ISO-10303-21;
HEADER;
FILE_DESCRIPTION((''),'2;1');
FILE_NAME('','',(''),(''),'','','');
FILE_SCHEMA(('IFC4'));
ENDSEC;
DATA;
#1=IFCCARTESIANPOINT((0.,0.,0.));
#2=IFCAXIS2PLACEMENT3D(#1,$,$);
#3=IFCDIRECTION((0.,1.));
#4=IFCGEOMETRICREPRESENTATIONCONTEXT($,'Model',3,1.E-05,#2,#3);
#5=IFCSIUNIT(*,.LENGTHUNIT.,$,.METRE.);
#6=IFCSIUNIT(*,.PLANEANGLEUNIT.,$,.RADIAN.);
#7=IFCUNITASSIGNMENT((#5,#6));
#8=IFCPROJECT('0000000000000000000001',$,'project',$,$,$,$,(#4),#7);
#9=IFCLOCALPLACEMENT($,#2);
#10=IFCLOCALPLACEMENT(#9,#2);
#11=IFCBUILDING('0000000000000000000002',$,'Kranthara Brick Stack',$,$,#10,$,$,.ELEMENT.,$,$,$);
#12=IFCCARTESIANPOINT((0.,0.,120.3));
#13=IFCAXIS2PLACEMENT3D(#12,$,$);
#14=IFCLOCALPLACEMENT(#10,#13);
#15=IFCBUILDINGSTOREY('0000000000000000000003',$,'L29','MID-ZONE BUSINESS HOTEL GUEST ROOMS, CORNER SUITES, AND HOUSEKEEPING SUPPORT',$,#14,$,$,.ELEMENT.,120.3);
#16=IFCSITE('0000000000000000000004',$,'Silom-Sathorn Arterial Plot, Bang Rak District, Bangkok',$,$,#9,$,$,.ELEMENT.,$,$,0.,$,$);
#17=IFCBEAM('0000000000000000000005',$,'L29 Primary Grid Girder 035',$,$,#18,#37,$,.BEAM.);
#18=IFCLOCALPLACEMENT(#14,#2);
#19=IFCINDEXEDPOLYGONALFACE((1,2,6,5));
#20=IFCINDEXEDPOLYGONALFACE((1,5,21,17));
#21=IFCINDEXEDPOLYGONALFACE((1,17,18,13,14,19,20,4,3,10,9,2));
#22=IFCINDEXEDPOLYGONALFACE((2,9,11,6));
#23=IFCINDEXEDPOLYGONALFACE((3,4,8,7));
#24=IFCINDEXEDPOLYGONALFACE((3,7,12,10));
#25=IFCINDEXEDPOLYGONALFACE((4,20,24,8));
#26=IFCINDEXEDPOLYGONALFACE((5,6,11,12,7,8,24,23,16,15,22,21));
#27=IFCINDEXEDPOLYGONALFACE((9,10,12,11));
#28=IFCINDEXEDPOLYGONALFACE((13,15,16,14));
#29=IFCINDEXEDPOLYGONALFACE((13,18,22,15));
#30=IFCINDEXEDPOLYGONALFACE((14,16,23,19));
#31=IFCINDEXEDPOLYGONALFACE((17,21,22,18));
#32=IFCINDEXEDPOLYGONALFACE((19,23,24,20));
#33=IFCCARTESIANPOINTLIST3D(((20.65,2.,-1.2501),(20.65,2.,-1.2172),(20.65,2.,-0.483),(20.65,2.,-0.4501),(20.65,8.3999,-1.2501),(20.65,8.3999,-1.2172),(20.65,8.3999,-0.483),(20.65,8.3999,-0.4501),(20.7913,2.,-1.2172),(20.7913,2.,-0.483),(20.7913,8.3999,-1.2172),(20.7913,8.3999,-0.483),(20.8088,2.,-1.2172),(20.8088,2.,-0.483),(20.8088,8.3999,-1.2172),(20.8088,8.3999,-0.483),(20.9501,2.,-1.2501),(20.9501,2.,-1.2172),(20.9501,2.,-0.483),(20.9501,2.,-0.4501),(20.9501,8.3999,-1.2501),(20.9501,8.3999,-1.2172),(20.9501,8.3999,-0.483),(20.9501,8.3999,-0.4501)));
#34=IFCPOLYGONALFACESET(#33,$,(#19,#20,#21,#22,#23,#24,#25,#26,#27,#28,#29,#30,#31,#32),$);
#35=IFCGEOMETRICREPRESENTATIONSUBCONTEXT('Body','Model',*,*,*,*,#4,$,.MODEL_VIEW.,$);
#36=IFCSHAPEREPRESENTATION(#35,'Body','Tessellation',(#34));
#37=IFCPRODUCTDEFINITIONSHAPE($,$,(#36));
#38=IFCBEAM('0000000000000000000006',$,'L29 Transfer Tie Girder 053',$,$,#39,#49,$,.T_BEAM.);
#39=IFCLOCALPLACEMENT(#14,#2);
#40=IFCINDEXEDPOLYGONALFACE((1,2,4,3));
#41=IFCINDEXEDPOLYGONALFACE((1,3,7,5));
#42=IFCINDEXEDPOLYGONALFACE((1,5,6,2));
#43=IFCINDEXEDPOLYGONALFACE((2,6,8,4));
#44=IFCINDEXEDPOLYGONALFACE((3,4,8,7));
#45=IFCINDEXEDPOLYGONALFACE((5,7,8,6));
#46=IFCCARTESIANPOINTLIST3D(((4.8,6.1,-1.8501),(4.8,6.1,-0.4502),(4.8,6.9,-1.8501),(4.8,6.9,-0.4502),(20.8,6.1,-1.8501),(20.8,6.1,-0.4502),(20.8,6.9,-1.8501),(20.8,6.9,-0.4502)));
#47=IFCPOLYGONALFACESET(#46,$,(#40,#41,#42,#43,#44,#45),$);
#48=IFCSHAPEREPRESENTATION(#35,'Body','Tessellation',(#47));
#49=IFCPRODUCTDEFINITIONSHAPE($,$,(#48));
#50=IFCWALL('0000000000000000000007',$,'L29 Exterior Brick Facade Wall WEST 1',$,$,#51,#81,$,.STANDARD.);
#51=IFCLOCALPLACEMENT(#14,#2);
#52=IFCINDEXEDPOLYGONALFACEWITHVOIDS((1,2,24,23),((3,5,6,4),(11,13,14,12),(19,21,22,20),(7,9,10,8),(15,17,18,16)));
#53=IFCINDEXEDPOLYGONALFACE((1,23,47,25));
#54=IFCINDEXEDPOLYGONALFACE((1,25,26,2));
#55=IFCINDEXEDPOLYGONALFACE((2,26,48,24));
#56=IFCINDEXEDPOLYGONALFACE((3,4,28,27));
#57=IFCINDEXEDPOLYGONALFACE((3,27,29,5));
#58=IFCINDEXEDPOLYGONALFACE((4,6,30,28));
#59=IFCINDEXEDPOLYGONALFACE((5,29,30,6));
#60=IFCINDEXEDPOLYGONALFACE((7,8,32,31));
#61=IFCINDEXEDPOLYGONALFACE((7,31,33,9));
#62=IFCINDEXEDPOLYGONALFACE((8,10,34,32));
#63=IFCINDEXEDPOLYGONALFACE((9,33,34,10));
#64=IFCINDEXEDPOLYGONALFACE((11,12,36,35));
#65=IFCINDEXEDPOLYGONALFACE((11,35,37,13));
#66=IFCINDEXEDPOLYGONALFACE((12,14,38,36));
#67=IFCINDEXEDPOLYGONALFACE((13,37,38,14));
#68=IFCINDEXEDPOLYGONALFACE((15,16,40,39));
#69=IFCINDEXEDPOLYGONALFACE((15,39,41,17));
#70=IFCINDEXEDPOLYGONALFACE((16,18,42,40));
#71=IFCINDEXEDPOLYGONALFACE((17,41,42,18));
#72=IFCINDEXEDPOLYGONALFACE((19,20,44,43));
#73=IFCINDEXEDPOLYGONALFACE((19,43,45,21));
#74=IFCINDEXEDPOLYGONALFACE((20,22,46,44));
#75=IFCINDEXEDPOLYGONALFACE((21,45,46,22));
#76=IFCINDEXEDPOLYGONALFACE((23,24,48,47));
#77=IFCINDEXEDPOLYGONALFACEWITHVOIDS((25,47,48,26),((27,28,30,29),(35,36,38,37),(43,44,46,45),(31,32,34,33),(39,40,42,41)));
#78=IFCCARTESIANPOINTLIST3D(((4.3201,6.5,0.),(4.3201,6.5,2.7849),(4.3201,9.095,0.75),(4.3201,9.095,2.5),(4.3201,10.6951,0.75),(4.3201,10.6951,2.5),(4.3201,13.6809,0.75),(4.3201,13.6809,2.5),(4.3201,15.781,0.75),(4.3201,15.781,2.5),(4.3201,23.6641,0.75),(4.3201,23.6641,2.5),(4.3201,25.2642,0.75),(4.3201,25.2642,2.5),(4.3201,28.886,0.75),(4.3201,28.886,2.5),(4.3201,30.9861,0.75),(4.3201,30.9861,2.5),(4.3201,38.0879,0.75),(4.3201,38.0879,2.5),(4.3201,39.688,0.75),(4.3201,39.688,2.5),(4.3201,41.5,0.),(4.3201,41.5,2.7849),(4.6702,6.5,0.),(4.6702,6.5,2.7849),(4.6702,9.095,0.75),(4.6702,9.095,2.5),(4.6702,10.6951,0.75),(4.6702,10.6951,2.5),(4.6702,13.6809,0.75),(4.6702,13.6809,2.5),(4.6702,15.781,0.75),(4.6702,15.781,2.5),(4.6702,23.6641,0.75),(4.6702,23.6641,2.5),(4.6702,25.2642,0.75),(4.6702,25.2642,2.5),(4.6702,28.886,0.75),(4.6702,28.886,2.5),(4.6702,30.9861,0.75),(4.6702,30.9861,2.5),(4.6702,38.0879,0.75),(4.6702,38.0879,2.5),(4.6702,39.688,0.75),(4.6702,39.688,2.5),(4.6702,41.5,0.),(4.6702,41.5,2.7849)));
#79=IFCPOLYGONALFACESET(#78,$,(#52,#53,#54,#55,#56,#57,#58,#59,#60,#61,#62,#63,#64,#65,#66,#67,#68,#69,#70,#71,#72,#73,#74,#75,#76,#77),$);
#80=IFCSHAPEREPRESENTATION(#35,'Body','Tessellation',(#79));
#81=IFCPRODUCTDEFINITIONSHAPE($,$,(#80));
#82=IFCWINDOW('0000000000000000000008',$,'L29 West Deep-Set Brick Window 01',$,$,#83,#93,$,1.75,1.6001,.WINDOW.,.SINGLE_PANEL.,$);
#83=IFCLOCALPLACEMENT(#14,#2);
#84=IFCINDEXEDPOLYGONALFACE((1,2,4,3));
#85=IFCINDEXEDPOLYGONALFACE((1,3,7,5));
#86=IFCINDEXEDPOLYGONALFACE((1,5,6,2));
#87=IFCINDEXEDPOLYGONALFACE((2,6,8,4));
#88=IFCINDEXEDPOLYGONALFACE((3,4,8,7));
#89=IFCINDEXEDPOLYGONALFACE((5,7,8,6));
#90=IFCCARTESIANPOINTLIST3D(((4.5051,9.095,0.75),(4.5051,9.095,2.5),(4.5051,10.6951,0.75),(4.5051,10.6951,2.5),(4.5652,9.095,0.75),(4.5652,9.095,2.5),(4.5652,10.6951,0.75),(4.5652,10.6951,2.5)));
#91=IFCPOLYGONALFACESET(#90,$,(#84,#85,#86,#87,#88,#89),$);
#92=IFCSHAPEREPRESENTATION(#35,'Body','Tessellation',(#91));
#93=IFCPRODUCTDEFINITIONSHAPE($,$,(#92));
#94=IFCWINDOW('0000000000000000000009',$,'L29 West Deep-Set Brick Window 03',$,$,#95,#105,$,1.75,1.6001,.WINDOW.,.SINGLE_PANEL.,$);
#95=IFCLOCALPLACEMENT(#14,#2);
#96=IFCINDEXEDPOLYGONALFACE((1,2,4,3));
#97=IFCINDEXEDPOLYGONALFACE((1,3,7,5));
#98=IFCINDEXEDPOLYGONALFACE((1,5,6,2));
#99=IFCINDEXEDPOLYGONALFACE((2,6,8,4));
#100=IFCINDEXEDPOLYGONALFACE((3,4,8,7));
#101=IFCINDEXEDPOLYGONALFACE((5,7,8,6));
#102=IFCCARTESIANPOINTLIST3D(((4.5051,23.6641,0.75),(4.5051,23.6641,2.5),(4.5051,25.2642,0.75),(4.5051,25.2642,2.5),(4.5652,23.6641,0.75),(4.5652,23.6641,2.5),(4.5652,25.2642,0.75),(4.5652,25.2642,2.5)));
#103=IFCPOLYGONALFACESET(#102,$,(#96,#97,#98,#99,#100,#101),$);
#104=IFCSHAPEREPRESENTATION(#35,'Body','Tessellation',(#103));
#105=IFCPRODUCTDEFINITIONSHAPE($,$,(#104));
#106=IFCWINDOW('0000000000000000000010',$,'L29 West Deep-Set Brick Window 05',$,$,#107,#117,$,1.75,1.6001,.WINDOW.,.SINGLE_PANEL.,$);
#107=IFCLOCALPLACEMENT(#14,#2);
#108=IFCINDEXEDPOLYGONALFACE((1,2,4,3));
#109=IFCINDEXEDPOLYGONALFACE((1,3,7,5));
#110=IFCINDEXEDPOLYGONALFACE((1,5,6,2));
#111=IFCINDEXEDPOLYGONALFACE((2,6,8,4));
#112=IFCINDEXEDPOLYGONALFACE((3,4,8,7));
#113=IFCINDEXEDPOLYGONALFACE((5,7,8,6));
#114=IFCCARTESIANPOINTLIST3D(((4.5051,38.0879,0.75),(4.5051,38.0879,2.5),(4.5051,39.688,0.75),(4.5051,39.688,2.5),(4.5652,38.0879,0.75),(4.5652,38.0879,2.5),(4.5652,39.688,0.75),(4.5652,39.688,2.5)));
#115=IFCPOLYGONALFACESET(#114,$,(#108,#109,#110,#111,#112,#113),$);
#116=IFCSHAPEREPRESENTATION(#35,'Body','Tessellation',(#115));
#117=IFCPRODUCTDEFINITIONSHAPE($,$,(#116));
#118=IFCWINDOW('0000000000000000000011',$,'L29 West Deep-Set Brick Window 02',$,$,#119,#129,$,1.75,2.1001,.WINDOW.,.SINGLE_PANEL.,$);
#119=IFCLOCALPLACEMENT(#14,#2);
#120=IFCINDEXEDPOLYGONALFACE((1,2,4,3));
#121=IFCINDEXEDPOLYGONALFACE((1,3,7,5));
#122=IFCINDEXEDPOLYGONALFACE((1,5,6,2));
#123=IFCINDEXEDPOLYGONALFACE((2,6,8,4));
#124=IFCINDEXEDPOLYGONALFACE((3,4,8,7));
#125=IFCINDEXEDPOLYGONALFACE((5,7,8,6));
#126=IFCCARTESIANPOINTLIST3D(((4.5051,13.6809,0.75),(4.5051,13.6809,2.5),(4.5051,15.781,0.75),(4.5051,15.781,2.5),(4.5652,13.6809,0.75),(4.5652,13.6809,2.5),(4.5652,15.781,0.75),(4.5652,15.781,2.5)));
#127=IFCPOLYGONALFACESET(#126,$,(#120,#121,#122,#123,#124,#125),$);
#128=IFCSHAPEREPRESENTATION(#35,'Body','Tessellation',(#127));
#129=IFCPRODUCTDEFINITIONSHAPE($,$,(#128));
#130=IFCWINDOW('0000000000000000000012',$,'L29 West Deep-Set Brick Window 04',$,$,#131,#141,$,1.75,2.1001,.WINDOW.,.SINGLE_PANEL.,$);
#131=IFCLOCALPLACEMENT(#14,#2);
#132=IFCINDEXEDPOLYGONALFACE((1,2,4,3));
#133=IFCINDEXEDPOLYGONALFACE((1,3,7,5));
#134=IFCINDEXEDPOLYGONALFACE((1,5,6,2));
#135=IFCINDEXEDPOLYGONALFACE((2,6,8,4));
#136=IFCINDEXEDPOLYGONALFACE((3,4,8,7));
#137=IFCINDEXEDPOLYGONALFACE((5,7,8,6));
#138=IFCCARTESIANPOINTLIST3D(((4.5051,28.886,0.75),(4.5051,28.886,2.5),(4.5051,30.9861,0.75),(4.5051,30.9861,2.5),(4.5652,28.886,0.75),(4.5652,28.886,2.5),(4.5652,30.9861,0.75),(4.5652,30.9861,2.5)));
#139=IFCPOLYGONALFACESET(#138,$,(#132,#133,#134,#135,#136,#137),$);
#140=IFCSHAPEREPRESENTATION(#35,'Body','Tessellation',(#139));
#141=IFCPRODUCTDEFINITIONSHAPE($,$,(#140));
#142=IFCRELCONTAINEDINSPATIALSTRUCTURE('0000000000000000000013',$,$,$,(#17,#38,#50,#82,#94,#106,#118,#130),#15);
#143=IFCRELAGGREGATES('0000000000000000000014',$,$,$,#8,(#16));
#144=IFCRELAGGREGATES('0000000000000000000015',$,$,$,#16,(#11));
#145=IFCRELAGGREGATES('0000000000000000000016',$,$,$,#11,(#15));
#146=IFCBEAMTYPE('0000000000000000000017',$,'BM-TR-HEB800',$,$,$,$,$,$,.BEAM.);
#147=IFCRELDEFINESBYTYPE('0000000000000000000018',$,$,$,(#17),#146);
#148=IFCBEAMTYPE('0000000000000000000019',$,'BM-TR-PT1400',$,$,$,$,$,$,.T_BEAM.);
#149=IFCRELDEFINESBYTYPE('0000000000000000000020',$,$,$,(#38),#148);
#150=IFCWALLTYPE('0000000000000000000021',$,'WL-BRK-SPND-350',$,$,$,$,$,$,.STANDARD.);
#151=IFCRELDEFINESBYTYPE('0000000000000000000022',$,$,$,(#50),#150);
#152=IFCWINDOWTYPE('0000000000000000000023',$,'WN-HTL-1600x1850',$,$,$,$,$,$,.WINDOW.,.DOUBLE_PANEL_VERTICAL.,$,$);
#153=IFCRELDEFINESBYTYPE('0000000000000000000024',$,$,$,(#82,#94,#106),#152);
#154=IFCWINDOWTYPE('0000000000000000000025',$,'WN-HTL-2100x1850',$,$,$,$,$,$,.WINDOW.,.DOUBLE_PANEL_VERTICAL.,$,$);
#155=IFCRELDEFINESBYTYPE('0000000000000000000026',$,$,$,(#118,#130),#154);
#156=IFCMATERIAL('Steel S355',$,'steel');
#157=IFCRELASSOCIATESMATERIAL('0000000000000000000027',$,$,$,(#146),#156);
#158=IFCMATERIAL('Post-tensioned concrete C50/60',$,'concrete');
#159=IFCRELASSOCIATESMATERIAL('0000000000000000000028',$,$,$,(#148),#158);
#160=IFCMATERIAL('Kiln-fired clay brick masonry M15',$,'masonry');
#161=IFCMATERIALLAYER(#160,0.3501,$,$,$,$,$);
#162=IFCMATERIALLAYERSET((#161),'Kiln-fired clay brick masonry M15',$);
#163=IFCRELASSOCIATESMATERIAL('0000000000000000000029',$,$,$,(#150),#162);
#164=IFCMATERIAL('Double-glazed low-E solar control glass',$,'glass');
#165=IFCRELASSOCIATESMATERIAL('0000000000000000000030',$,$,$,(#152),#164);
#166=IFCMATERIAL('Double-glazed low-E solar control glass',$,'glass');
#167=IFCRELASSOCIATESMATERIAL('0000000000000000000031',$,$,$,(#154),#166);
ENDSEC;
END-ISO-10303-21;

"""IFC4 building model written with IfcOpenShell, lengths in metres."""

from ifc_helpers import new_model, si_unit, direction, frame, frame_2d, origin, origin_2d, place, context, subcontext, project, spatial, rectangle, i_section, extrude, material, layer, layer_set, material_profile, profile_set, type_object, element, fill, save


model = new_model("IFC4")

# Units and contexts
model_context = context("Model", 3, precision=1e-05, world=origin(), true_north=direction((0.0, 1.0)))
body_context = subcontext(model_context, "Body", "Model", "MODEL_VIEW")
ifc_project = project(units=[si_unit("LENGTHUNIT", "METRE"), si_unit("PLANEANGLEUNIT", "RADIAN")], contexts=[model_context])

# Site, building, storey
site_placement = place(None, origin())
site = spatial("IfcSite", under=ifc_project, at=site_placement, Name="Silom-Sathorn Arterial Plot, Bang Rak District, Bangkok", CompositionType="ELEMENT", RefElevation=0.0)
building_placement = place(site_placement, origin())
building = spatial("IfcBuilding", under=site, at=building_placement, Name="Kranthara Brick Stack", CompositionType="ELEMENT")
storey_placement = place(building_placement, frame((0.0, 0.0, 120.3)))
storey = spatial("IfcBuildingStorey", under=building, at=storey_placement, Name="L29", Description="MID-ZONE BUSINESS HOTEL GUEST ROOMS, CORNER SUITES, AND HOUSEKEEPING SUPPORT", CompositionType="ELEMENT", Elevation=120.3)

# Beams
ifc_material_1 = material(Name="Steel S355", Category="steel")
ifc_material_profile_1 = material_profile(ifc_material_1, i_section(OverallWidth=0.3, OverallDepth=0.8, WebThickness=0.0176, FlangeThickness=0.033, at=origin_2d()), Name="HEB 800")
ifc_profile_set_1 = profile_set([ifc_material_profile_1], Name="Steel S355")
beam_type_1 = type_object("IfcBeamType", Name="BM-TR-HEB800", PredefinedType="BEAM", material=ifc_profile_set_1)
beam_1_placement = place(storey_placement, frame((20.8, 2.0, -0.8501), z_axis=(0.0, 1.0, 0.0), x_axis=(-1.0, 0.0, 0.0)))
element("IfcBeam", 1, at=beam_1_placement, inside=storey, type_object=beam_type_1, Name="L29 Primary Grid Girder 035", PredefinedType="BEAM", context=body_context, shape_type="SweptSolid", body=[
    extrude(i_section(OverallWidth=0.3, OverallDepth=0.8, WebThickness=0.0176, FlangeThickness=0.033, at=origin_2d()), origin(), (0.0, 0.0, 1.0), 6.3999),
])
ifc_material_2 = material(Name="Post-tensioned concrete C50/60", Category="concrete")
ifc_material_profile_2 = material_profile(ifc_material_2, rectangle(XDim=0.8, YDim=1.3999, at=origin_2d()), Name="PT 800x1400")
ifc_profile_set_2 = profile_set([ifc_material_profile_2], Name="Post-tensioned concrete C50/60")
beam_type_2 = type_object("IfcBeamType", Name="BM-TR-PT1400", PredefinedType="T_BEAM", material=ifc_profile_set_2)
beam_2_placement = place(storey_placement, frame((4.8, 6.5, -1.1501), z_axis=(1.0, 0.0, 0.0), x_axis=(0.0, 1.0, 0.0)))
element("IfcBeam", 2, at=beam_2_placement, inside=storey, type_object=beam_type_2, Name="L29 Transfer Tie Girder 053", PredefinedType="T_BEAM", context=body_context, shape_type="SweptSolid", body=[
    extrude(rectangle(XDim=0.8, YDim=1.3999, at=origin_2d()), origin(), (0.0, 0.0, 1.0), 16.0),
])

# Wall, openings, windows
ifc_material_3 = material(Name="Kiln-fired clay brick masonry M15", Category="masonry")
ifc_layer_1 = layer(ifc_material_3, 0.3501)
ifc_layer_set_1 = layer_set([ifc_layer_1], Name="Kiln-fired clay brick masonry M15")
wall_type_1 = type_object("IfcWallType", Name="WL-BRK-SPND-350", PredefinedType="STANDARD", material=ifc_layer_set_1)
wall_1_placement = place(storey_placement, frame((4.4951, 6.5, 0.0), z_axis=(0.0, 0.0, 1.0), x_axis=(0.0, 1.0, 0.0)))
wall_1 = element("IfcWall", 3, at=wall_1_placement, inside=storey, type_object=wall_type_1, Name="L29 Exterior Brick Facade Wall WEST 1", PredefinedType="STANDARD", context=body_context, shape_type="SweptSolid", body=[
    extrude(rectangle(XDim=35.0, YDim=0.3501, at=frame_2d((17.5, 0.0))), origin(), (0.0, 0.0, 1.0), 2.7849),
])
opening_1_placement = place(wall_1_placement, frame((2.595, 0.0, 0.75)))
opening_1 = element("IfcOpeningElement", 4, at=opening_1_placement, cuts=wall_1, PredefinedType="OPENING", context=body_context, shape_type="SweptSolid", body=[
    extrude(rectangle(XDim=1.6001, YDim=1.75, at=frame_2d((0.8, 0.875))), frame((0.0, 0.1851, 0.0), z_axis=(0.0, -1.0, 0.0), x_axis=(1.0, 0.0, 0.0)), (0.0, 0.0, 1.0), 0.3701),
])
opening_2_placement = place(wall_1_placement, frame((7.1809, 0.0, 0.75)))
opening_2 = element("IfcOpeningElement", 5, at=opening_2_placement, cuts=wall_1, PredefinedType="OPENING", context=body_context, shape_type="SweptSolid", body=[
    extrude(rectangle(XDim=2.1001, YDim=1.75, at=frame_2d((1.05, 0.875))), frame((0.0, 0.1851, 0.0), z_axis=(0.0, -1.0, 0.0), x_axis=(1.0, 0.0, 0.0)), (0.0, 0.0, 1.0), 0.3701),
])
opening_3_placement = place(wall_1_placement, frame((17.1641, 0.0, 0.75)))
opening_3 = element("IfcOpeningElement", 6, at=opening_3_placement, cuts=wall_1, PredefinedType="OPENING", context=body_context, shape_type="SweptSolid", body=[
    extrude(rectangle(XDim=1.6001, YDim=1.75, at=frame_2d((0.8, 0.875))), frame((0.0, 0.1851, 0.0), z_axis=(0.0, -1.0, 0.0), x_axis=(1.0, 0.0, 0.0)), (0.0, 0.0, 1.0), 0.3701),
])
opening_4_placement = place(wall_1_placement, frame((22.386, 0.0, 0.75)))
opening_4 = element("IfcOpeningElement", 7, at=opening_4_placement, cuts=wall_1, PredefinedType="OPENING", context=body_context, shape_type="SweptSolid", body=[
    extrude(rectangle(XDim=2.1001, YDim=1.75, at=frame_2d((1.05, 0.875))), frame((0.0, 0.1851, 0.0), z_axis=(0.0, -1.0, 0.0), x_axis=(1.0, 0.0, 0.0)), (0.0, 0.0, 1.0), 0.3701),
])
opening_5_placement = place(wall_1_placement, frame((31.5879, 0.0, 0.75)))
opening_5 = element("IfcOpeningElement", 8, at=opening_5_placement, cuts=wall_1, PredefinedType="OPENING", context=body_context, shape_type="SweptSolid", body=[
    extrude(rectangle(XDim=1.6001, YDim=1.75, at=frame_2d((0.8, 0.875))), frame((0.0, 0.1851, 0.0), z_axis=(0.0, -1.0, 0.0), x_axis=(1.0, 0.0, 0.0)), (0.0, 0.0, 1.0), 0.3701),
])
ifc_material_4 = material(Name="Double-glazed low-E solar control glass", Category="glass")
window_type_1 = type_object("IfcWindowType", Name="WN-HTL-1600x1850", PartitioningType="DOUBLE_PANEL_VERTICAL", PredefinedType="WINDOW", material=ifc_material_4)
window_1_placement = place(opening_1_placement, origin())
window_1 = element("IfcWindow", 9, at=window_1_placement, inside=storey, type_object=window_type_1, Name="L29 West Deep-Set Brick Window 01", OverallHeight=1.75, OverallWidth=1.6001, PartitioningType="SINGLE_PANEL", PredefinedType="WINDOW", context=body_context, shape_type="SweptSolid", body=[
    extrude(rectangle(XDim=1.6001, YDim=1.75, at=frame_2d((0.8, 0.875))), frame((0.0, -0.01, 0.0), z_axis=(0.0, -1.0, 0.0), x_axis=(1.0, 0.0, 0.0)), (0.0, 0.0, 1.0), 0.0601),
])
fill(opening_1, window_1)
window_2_placement = place(opening_3_placement, origin())
window_2 = element("IfcWindow", 10, at=window_2_placement, inside=storey, type_object=window_type_1, Name="L29 West Deep-Set Brick Window 03", OverallHeight=1.75, OverallWidth=1.6001, PartitioningType="SINGLE_PANEL", PredefinedType="WINDOW", context=body_context, shape_type="SweptSolid", body=[
    extrude(rectangle(XDim=1.6001, YDim=1.75, at=frame_2d((0.8, 0.875))), frame((0.0, -0.01, 0.0), z_axis=(0.0, -1.0, 0.0), x_axis=(1.0, 0.0, 0.0)), (0.0, 0.0, 1.0), 0.0601),
])
fill(opening_3, window_2)
window_3_placement = place(opening_5_placement, origin())
window_3 = element("IfcWindow", 11, at=window_3_placement, inside=storey, type_object=window_type_1, Name="L29 West Deep-Set Brick Window 05", OverallHeight=1.75, OverallWidth=1.6001, PartitioningType="SINGLE_PANEL", PredefinedType="WINDOW", context=body_context, shape_type="SweptSolid", body=[
    extrude(rectangle(XDim=1.6001, YDim=1.75, at=frame_2d((0.8, 0.875))), frame((0.0, -0.01, 0.0), z_axis=(0.0, -1.0, 0.0), x_axis=(1.0, 0.0, 0.0)), (0.0, 0.0, 1.0), 0.0601),
])
fill(opening_5, window_3)
ifc_material_5 = material(Name="Double-glazed low-E solar control glass", Category="glass")
window_type_2 = type_object("IfcWindowType", Name="WN-HTL-2100x1850", PartitioningType="DOUBLE_PANEL_VERTICAL", PredefinedType="WINDOW", material=ifc_material_5)
window_4_placement = place(opening_2_placement, origin())
window_4 = element("IfcWindow", 12, at=window_4_placement, inside=storey, type_object=window_type_2, Name="L29 West Deep-Set Brick Window 02", OverallHeight=1.75, OverallWidth=2.1001, PartitioningType="SINGLE_PANEL", PredefinedType="WINDOW", context=body_context, shape_type="SweptSolid", body=[
    extrude(rectangle(XDim=2.1001, YDim=1.75, at=frame_2d((1.05, 0.875))), frame((0.0, -0.01, 0.0), z_axis=(0.0, -1.0, 0.0), x_axis=(1.0, 0.0, 0.0)), (0.0, 0.0, 1.0), 0.0601),
])
fill(opening_2, window_4)
window_5_placement = place(opening_4_placement, origin())
window_5 = element("IfcWindow", 13, at=window_5_placement, inside=storey, type_object=window_type_2, Name="L29 West Deep-Set Brick Window 04", OverallHeight=1.75, OverallWidth=2.1001, PartitioningType="SINGLE_PANEL", PredefinedType="WINDOW", context=body_context, shape_type="SweptSolid", body=[
    extrude(rectangle(XDim=2.1001, YDim=1.75, at=frame_2d((1.05, 0.875))), frame((0.0, -0.01, 0.0), z_axis=(0.0, -1.0, 0.0), x_axis=(1.0, 0.0, 0.0)), (0.0, 0.0, 1.0), 0.0601),
])
fill(opening_4, window_5)

save(model, "model.ifc")
